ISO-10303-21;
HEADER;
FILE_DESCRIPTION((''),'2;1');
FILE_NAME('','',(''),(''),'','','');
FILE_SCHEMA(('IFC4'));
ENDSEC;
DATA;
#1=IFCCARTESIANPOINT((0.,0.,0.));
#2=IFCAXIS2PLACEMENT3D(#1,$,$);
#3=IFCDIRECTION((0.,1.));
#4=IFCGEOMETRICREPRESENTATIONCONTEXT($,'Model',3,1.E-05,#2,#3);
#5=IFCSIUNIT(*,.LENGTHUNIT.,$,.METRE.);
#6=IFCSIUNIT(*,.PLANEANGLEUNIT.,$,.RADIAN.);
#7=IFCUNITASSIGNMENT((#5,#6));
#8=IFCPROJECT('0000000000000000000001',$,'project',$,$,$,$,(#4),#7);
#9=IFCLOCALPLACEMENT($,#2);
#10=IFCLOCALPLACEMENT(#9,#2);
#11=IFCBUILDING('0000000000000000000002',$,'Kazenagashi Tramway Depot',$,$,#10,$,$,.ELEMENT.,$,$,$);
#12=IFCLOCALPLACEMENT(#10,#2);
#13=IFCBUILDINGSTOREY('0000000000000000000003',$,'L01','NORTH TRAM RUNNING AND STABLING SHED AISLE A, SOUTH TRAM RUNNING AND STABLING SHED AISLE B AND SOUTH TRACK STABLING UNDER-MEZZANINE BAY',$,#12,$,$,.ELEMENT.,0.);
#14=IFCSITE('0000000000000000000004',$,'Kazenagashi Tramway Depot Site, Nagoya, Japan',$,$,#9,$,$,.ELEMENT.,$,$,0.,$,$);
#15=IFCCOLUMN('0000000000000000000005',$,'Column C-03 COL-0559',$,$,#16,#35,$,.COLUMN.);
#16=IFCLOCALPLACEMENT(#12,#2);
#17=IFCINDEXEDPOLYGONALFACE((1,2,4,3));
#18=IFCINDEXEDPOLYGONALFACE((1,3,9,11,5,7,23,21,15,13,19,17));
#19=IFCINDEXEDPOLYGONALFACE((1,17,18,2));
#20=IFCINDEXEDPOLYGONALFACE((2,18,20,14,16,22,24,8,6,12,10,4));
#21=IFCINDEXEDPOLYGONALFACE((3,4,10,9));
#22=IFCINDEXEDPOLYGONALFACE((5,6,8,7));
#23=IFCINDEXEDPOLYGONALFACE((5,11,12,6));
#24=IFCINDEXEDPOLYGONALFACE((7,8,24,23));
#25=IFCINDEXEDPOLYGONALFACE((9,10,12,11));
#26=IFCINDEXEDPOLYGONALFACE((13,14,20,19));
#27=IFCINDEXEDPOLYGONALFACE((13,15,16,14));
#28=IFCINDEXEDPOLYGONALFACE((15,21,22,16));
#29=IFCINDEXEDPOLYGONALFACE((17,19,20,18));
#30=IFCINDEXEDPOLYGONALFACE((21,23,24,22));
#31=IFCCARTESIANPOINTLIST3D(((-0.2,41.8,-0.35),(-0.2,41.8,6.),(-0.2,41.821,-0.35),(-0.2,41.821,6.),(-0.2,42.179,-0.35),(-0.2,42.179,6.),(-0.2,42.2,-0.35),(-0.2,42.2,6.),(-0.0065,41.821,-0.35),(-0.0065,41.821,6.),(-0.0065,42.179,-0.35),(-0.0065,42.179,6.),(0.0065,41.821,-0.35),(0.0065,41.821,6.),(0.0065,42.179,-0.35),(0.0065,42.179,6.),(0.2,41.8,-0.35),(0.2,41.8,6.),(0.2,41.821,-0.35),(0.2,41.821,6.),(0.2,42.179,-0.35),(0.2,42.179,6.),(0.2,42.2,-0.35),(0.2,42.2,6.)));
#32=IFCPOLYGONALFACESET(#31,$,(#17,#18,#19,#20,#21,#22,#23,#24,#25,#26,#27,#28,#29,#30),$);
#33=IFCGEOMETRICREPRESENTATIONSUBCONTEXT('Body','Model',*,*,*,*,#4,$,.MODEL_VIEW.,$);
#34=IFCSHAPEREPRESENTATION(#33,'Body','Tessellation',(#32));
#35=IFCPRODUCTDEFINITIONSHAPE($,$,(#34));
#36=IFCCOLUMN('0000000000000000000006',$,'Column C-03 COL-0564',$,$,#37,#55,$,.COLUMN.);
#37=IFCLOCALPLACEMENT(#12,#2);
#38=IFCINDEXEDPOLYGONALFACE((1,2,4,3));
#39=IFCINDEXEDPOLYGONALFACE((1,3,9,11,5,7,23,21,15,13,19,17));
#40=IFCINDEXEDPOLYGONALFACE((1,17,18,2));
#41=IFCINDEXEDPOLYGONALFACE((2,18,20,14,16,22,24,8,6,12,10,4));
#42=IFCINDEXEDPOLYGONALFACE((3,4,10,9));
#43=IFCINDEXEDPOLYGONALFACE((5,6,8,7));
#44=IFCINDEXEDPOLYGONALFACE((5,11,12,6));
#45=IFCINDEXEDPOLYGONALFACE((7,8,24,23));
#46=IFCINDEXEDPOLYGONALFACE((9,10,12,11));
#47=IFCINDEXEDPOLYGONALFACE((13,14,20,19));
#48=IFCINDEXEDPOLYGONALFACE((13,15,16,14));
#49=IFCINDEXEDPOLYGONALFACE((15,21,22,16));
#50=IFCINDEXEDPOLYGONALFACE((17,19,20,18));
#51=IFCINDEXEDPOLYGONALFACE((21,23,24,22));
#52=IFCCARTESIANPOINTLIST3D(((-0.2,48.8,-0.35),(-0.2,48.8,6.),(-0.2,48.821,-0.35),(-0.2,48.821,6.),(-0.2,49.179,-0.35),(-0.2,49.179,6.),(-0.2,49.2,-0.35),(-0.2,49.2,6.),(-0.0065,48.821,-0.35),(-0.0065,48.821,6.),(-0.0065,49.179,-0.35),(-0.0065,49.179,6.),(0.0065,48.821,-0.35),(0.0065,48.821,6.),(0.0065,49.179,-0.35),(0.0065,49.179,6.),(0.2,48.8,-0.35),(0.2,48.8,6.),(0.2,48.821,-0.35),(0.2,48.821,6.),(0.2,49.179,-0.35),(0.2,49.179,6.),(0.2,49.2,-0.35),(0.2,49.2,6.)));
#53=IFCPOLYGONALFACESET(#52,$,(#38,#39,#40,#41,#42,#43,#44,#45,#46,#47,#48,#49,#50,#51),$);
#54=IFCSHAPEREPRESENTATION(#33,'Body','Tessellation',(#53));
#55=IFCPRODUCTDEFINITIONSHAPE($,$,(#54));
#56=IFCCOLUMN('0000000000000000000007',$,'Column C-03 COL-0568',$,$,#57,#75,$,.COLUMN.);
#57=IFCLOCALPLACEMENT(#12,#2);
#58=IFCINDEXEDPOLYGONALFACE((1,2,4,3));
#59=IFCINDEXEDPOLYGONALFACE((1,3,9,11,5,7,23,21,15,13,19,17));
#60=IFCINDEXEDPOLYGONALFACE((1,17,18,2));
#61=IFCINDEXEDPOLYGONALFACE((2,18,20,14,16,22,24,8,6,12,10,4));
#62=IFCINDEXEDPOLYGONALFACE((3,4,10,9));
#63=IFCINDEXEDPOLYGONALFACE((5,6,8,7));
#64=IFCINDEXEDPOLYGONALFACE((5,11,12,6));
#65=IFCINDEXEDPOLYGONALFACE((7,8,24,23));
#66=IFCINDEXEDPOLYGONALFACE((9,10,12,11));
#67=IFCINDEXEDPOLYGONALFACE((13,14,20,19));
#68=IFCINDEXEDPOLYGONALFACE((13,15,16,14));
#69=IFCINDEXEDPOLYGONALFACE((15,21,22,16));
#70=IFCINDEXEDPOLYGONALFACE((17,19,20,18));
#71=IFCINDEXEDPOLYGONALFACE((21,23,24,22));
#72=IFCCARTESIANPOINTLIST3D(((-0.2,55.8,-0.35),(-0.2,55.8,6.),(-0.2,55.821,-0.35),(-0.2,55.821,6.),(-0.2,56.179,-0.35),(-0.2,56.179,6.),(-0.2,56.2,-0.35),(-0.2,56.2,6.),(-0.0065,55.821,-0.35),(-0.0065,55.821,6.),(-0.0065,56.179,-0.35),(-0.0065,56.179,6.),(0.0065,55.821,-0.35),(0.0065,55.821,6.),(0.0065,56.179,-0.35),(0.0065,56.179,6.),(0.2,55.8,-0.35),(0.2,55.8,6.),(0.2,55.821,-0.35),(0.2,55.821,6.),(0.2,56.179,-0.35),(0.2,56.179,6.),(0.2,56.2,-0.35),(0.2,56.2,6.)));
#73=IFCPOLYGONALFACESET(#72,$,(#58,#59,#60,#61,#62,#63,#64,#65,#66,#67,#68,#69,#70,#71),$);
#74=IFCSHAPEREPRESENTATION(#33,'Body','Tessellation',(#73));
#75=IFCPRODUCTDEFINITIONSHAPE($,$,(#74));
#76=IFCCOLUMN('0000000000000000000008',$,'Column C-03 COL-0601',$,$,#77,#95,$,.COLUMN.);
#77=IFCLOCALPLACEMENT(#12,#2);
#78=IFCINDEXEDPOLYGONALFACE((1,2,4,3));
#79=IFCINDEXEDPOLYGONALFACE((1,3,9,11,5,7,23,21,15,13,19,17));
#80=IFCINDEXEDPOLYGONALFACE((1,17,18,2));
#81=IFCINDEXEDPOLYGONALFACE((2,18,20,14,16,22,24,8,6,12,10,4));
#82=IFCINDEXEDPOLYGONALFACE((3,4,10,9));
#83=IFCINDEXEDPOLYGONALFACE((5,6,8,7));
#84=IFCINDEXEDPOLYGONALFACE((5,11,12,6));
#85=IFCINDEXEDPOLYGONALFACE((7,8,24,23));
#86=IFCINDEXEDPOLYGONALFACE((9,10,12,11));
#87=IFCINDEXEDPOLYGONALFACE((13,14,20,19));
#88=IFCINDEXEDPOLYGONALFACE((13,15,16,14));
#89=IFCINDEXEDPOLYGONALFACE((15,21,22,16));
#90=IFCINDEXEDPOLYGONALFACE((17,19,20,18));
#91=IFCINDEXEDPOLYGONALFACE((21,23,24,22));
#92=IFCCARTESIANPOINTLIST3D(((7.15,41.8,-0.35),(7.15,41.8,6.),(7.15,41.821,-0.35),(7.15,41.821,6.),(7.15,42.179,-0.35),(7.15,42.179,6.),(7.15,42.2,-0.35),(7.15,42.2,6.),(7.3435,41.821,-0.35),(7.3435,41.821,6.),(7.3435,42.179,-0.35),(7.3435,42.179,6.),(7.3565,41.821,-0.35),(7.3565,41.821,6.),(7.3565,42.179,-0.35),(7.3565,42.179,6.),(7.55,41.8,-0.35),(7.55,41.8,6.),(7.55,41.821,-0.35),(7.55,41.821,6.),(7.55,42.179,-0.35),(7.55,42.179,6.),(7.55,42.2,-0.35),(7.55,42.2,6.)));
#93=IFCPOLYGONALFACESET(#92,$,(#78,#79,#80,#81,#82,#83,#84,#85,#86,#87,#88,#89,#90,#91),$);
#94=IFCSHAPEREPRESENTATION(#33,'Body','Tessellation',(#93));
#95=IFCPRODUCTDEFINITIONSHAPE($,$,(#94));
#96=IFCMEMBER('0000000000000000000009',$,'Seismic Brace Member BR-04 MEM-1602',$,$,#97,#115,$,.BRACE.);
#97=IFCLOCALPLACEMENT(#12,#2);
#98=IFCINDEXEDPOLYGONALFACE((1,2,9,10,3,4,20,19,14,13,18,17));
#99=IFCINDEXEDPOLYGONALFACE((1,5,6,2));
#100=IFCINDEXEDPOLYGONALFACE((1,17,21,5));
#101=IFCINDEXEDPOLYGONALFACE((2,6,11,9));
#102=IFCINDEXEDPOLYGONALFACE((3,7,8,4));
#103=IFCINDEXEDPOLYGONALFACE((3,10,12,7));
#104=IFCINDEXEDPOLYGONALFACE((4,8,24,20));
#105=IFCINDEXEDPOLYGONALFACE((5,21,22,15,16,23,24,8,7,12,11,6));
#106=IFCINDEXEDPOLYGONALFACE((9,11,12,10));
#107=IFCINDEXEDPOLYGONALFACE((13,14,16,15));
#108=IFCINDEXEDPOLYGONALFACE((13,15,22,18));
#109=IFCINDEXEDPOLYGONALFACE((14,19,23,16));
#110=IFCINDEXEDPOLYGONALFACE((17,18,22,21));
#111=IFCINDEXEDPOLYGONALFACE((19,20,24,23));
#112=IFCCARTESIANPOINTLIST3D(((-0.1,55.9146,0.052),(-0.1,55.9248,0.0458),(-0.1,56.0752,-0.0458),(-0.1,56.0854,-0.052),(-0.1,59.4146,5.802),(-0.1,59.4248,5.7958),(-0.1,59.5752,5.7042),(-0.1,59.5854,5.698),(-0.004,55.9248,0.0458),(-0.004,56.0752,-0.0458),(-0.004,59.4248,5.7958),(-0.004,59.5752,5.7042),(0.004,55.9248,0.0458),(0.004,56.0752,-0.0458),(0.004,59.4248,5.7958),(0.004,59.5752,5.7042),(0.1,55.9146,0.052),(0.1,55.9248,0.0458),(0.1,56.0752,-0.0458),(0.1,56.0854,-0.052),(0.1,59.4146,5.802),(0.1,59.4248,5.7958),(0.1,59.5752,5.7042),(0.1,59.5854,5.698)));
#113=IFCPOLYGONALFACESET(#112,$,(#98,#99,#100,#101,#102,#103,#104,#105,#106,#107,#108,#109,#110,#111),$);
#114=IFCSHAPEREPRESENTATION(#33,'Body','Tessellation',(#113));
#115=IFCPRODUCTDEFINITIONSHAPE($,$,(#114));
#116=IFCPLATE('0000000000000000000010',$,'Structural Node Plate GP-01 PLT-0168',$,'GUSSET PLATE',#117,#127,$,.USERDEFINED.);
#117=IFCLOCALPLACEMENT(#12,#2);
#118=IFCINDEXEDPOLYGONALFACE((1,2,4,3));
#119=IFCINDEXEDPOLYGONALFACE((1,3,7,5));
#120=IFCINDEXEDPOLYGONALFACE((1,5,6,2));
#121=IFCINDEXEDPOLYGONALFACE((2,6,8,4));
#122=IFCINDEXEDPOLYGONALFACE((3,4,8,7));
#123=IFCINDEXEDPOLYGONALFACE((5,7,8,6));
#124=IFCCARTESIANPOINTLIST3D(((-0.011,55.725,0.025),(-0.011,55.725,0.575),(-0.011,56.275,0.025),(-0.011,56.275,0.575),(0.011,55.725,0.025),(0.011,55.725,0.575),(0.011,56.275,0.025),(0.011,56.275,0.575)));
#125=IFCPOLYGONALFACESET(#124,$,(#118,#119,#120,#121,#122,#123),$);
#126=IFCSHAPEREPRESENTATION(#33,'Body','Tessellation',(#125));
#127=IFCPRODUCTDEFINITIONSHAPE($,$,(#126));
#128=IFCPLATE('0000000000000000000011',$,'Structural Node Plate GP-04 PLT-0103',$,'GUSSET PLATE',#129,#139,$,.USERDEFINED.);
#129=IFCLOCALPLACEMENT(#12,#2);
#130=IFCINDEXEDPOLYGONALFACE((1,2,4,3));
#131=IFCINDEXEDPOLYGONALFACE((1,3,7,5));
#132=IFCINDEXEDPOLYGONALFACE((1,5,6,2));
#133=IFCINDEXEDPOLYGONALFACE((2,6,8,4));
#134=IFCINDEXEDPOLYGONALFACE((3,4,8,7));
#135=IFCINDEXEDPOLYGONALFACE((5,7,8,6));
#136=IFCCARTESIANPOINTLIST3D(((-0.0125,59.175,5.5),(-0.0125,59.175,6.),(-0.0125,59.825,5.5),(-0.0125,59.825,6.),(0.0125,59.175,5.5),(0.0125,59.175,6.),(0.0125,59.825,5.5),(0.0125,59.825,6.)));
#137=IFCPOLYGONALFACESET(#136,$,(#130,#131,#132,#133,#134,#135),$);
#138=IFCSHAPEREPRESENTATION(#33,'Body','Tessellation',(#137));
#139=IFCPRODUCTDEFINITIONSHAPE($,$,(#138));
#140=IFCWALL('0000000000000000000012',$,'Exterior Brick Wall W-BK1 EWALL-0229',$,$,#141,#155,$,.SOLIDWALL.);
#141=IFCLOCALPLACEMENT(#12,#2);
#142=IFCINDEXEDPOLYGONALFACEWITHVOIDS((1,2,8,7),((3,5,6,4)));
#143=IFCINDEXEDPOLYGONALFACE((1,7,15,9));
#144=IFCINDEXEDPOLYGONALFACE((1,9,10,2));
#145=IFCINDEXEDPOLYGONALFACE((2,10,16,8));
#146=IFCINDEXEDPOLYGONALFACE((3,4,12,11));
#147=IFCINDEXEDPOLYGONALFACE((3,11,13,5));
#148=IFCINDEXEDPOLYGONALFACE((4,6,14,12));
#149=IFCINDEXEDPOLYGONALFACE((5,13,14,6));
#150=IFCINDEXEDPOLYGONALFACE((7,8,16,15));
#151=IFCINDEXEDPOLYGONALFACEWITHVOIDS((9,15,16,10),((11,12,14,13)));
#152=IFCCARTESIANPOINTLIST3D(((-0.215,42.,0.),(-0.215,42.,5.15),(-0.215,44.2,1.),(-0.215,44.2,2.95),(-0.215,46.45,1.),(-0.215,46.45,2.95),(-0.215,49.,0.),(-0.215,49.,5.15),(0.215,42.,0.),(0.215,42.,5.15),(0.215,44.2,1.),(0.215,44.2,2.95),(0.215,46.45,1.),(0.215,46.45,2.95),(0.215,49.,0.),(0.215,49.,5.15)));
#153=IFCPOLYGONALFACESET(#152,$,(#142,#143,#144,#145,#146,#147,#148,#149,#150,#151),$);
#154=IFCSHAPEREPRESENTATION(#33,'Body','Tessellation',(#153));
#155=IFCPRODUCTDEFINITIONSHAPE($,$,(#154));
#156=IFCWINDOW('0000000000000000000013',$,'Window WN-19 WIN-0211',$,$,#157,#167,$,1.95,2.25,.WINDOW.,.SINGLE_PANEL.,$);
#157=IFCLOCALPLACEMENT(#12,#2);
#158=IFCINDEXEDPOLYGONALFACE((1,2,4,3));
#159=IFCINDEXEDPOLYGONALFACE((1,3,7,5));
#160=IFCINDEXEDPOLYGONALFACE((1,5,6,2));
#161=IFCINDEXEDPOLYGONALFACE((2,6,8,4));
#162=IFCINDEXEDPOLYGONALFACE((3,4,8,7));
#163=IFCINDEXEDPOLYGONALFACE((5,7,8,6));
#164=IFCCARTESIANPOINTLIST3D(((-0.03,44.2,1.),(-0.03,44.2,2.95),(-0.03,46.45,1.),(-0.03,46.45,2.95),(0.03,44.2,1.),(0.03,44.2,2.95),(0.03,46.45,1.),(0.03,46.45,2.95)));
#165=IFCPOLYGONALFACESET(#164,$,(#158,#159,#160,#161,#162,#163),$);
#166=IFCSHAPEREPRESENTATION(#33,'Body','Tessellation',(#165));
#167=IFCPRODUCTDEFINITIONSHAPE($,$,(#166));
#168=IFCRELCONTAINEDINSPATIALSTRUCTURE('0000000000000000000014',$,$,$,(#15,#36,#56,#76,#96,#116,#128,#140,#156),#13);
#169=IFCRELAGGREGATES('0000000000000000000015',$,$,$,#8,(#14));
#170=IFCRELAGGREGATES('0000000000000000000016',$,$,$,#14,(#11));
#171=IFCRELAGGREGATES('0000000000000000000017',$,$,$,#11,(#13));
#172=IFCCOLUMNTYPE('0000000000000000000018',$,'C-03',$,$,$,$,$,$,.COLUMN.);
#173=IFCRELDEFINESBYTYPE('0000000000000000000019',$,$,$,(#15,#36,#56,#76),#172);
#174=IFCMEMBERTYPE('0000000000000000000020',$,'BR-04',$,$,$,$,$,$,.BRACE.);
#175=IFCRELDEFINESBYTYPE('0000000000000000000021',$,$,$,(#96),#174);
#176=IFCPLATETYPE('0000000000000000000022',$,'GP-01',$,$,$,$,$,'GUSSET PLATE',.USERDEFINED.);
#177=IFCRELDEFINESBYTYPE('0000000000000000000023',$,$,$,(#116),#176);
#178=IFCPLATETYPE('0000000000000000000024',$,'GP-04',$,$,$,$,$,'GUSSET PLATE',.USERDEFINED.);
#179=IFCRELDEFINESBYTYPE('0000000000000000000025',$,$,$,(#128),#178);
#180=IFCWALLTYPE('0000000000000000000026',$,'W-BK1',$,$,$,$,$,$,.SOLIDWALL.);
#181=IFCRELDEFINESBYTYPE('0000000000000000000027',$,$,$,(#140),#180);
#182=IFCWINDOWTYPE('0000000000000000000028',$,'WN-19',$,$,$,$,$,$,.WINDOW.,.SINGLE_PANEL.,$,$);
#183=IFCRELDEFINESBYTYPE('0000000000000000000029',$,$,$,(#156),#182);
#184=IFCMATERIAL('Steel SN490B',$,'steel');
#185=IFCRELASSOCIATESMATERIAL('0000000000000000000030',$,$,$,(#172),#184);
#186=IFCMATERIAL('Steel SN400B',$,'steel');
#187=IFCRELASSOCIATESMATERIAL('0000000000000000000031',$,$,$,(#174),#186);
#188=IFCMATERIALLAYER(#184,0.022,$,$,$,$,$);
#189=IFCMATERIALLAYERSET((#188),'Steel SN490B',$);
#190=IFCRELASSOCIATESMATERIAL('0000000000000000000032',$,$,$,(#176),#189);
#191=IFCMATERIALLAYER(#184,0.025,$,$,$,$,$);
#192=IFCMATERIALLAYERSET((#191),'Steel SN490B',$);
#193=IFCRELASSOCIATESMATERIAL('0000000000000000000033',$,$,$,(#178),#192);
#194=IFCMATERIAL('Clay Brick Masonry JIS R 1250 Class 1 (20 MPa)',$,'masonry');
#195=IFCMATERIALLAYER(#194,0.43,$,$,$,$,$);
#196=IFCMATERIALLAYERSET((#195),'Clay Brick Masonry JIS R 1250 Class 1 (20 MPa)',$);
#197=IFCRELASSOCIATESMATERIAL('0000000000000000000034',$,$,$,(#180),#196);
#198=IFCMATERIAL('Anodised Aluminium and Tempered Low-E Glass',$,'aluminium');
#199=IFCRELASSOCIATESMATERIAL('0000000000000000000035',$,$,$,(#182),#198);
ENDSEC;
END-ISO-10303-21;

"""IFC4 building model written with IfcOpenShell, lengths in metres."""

from ifc_helpers import new_model, si_unit, direction, frame, frame_2d, origin, origin_2d, place, context, subcontext, project, spatial, rectangle, i_section, extrude, material, layer, layer_set, material_profile, profile_set, type_object, element, fill, save


model = new_model("IFC4")

# Units and contexts
model_context = context("Model", 3, precision=1e-05, world=origin(), true_north=direction((0.0, 1.0)))
body_context = subcontext(model_context, "Body", "Model", "MODEL_VIEW")
ifc_project = project(units=[si_unit("LENGTHUNIT", "METRE"), si_unit("PLANEANGLEUNIT", "RADIAN")], contexts=[model_context])

# Site, building, storey
site_placement = place(None, origin())
site = spatial("IfcSite", under=ifc_project, at=site_placement, Name="Kazenagashi Tramway Depot Site, Nagoya, Japan", CompositionType="ELEMENT", RefElevation=0.0)
building_placement = place(site_placement, origin())
building = spatial("IfcBuilding", under=site, at=building_placement, Name="Kazenagashi Tramway Depot", CompositionType="ELEMENT")
storey_placement = place(building_placement, origin())
storey = spatial("IfcBuildingStorey", under=building, at=storey_placement, Name="L01", Description="NORTH TRAM RUNNING AND STABLING SHED AISLE A, SOUTH TRAM RUNNING AND STABLING SHED AISLE B AND SOUTH TRACK STABLING UNDER-MEZZANINE BAY", CompositionType="ELEMENT", Elevation=0.0)

# Columns
ifc_material_1 = material(Name="Steel SN490B", Category="steel")
ifc_material_profile_1 = material_profile(ifc_material_1, i_section(OverallWidth=0.4, OverallDepth=0.4, WebThickness=0.013, FlangeThickness=0.021, at=origin_2d()), Name="H-400x400x13x21")
ifc_profile_set_1 = profile_set([ifc_material_profile_1], Name="Steel SN490B")
column_type = type_object("IfcColumnType", Name="C-03", PredefinedType="COLUMN", material=ifc_profile_set_1)
for number, where, z_axis, x_axis, name in (
    (1, (0.0, 42.0, -0.35), (0.0, 0.0, 1.0), (1.0, 0.0, 0.0), "Column C-03 COL-0559"),
    (2, (0.0, 49.0, -0.35), (0.0, 0.0, 1.0), (1.0, 0.0, 0.0), "Column C-03 COL-0564"),
    (3, (0.0, 56.0, -0.35), (0.0, 0.0, 1.0), (1.0, 0.0, 0.0), "Column C-03 COL-0568"),
    (4, (7.35, 42.0, -0.35), (0.0, 0.0, 1.0), (1.0, 0.0, 0.0), "Column C-03 COL-0601"),
):
    element("IfcColumn", number, at=place(storey_placement, frame(where, z_axis=z_axis, x_axis=x_axis)), inside=storey, type_object=column_type, Name=name, PredefinedType="COLUMN", context=body_context, shape_type="SweptSolid", body=[
        extrude(i_section(OverallWidth=0.4, OverallDepth=0.4, WebThickness=0.013, FlangeThickness=0.021, at=origin_2d()), origin(), (0.0, 0.0, 1.0), 6.35),
    ])

# Member
ifc_material_2 = material(Name="Steel SN400B", Category="steel")
ifc_material_profile_2 = material_profile(ifc_material_2, i_section(OverallWidth=0.2, OverallDepth=0.2, WebThickness=0.008, FlangeThickness=0.012, at=origin_2d()), Name="H-200x200x8x12")
ifc_profile_set_2 = profile_set([ifc_material_profile_2], Name="Steel SN400B")
member_type = type_object("IfcMemberType", Name="BR-04", PredefinedType="BRACE", material=ifc_profile_set_2)
member_placement = place(storey_placement, frame((0.0, 56.0, 0.0), z_axis=(0.0, 0.519947, 0.854199), x_axis=(-1.0, 0.0, 0.0)))
element("IfcMember", 5, at=member_placement, inside=storey, type_object=member_type, Name="Seismic Brace Member BR-04 MEM-1602", PredefinedType="BRACE", context=body_context, shape_type="SweptSolid", body=[
    extrude(i_section(OverallWidth=0.2, OverallDepth=0.2, WebThickness=0.008, FlangeThickness=0.012, at=origin_2d()), origin(), (0.0, 0.0, 1.0), 6.7315),
])

# Plates
ifc_layer_1 = layer(ifc_material_1, 0.022)
ifc_layer_set_1 = layer_set([ifc_layer_1], Name="Steel SN490B")
plate_type_1 = type_object("IfcPlateType", Name="GP-01", ElementType="GUSSET PLATE", PredefinedType="USERDEFINED", material=ifc_layer_set_1)
plate_1_placement = place(storey_placement, frame((0.0, 56.0, 0.025), z_axis=(0.0, 0.0, 1.0), x_axis=(0.0, 1.0, 0.0)))
element("IfcPlate", 6, at=plate_1_placement, inside=storey, type_object=plate_type_1, Name="Structural Node Plate GP-01 PLT-0168", ObjectType="GUSSET PLATE", PredefinedType="USERDEFINED", context=body_context, shape_type="SweptSolid", body=[
    extrude(rectangle(XDim=0.55, YDim=0.022, at=origin_2d()), origin(), (0.0, 0.0, 1.0), 0.55),
])
ifc_layer_2 = layer(ifc_material_1, 0.025)
ifc_layer_set_2 = layer_set([ifc_layer_2], Name="Steel SN490B")
plate_type_2 = type_object("IfcPlateType", Name="GP-04", ElementType="GUSSET PLATE", PredefinedType="USERDEFINED", material=ifc_layer_set_2)
plate_2_placement = place(storey_placement, frame((0.0, 59.5, 5.5), z_axis=(0.0, 0.0, 1.0), x_axis=(0.0, 1.0, 0.0)))
element("IfcPlate", 7, at=plate_2_placement, inside=storey, type_object=plate_type_2, Name="Structural Node Plate GP-04 PLT-0103", ObjectType="GUSSET PLATE", PredefinedType="USERDEFINED", context=body_context, shape_type="SweptSolid", body=[
    extrude(rectangle(XDim=0.65, YDim=0.025, at=origin_2d()), origin(), (0.0, 0.0, 1.0), 0.5),
])

# Wall, opening, window
ifc_material_3 = material(Name="Clay Brick Masonry JIS R 1250 Class 1 (20 MPa)", Category="masonry")
ifc_layer_3 = layer(ifc_material_3, 0.43)
ifc_layer_set_3 = layer_set([ifc_layer_3], Name="Clay Brick Masonry JIS R 1250 Class 1 (20 MPa)")
wall_type_1 = type_object("IfcWallType", Name="W-BK1", PredefinedType="SOLIDWALL", material=ifc_layer_set_3)
wall_1_placement = place(storey_placement, frame((0.0, 42.0, 0.0), z_axis=(0.0, 0.0, 1.0), x_axis=(0.0, 1.0, 0.0)))
wall_1 = element("IfcWall", 8, at=wall_1_placement, inside=storey, type_object=wall_type_1, Name="Exterior Brick Wall W-BK1 EWALL-0229", PredefinedType="SOLIDWALL", context=body_context, shape_type="SweptSolid", body=[
    extrude(rectangle(XDim=7.0, YDim=0.43, at=frame_2d((3.5, 0.0))), origin(), (0.0, 0.0, 1.0), 5.15),
])
opening_1_placement = place(wall_1_placement, frame((2.2, 0.0, 1.0)))
opening_1 = element("IfcOpeningElement", 9, at=opening_1_placement, cuts=wall_1, PredefinedType="OPENING", context=body_context, shape_type="SweptSolid", body=[
    extrude(rectangle(XDim=2.25, YDim=1.95, at=frame_2d((1.125, 0.975))), frame((0.0, 0.225, 0.0), z_axis=(0.0, -1.0, 0.0), x_axis=(1.0, 0.0, 0.0)), (0.0, 0.0, 1.0), 0.45),
])
ifc_material_4 = material(Name="Anodised Aluminium and Tempered Low-E Glass", Category="aluminium")
window_type_1 = type_object("IfcWindowType", Name="WN-19", PartitioningType="SINGLE_PANEL", PredefinedType="WINDOW", material=ifc_material_4)
window_1_placement = place(opening_1_placement, origin())
window_1 = element("IfcWindow", 10, at=window_1_placement, inside=storey, type_object=window_type_1, Name="Window WN-19 WIN-0211", OverallHeight=1.95, OverallWidth=2.25, PartitioningType="SINGLE_PANEL", PredefinedType="WINDOW", context=body_context, shape_type="SweptSolid", body=[
    extrude(rectangle(XDim=2.25, YDim=1.95, at=frame_2d((1.125, 0.975))), frame((0.0, 0.03, 0.0), z_axis=(0.0, -1.0, 0.0), x_axis=(1.0, 0.0, 0.0)), (0.0, 0.0, 1.0), 0.06),
])
fill(opening_1, window_1)

save(model, "model.ifc")
